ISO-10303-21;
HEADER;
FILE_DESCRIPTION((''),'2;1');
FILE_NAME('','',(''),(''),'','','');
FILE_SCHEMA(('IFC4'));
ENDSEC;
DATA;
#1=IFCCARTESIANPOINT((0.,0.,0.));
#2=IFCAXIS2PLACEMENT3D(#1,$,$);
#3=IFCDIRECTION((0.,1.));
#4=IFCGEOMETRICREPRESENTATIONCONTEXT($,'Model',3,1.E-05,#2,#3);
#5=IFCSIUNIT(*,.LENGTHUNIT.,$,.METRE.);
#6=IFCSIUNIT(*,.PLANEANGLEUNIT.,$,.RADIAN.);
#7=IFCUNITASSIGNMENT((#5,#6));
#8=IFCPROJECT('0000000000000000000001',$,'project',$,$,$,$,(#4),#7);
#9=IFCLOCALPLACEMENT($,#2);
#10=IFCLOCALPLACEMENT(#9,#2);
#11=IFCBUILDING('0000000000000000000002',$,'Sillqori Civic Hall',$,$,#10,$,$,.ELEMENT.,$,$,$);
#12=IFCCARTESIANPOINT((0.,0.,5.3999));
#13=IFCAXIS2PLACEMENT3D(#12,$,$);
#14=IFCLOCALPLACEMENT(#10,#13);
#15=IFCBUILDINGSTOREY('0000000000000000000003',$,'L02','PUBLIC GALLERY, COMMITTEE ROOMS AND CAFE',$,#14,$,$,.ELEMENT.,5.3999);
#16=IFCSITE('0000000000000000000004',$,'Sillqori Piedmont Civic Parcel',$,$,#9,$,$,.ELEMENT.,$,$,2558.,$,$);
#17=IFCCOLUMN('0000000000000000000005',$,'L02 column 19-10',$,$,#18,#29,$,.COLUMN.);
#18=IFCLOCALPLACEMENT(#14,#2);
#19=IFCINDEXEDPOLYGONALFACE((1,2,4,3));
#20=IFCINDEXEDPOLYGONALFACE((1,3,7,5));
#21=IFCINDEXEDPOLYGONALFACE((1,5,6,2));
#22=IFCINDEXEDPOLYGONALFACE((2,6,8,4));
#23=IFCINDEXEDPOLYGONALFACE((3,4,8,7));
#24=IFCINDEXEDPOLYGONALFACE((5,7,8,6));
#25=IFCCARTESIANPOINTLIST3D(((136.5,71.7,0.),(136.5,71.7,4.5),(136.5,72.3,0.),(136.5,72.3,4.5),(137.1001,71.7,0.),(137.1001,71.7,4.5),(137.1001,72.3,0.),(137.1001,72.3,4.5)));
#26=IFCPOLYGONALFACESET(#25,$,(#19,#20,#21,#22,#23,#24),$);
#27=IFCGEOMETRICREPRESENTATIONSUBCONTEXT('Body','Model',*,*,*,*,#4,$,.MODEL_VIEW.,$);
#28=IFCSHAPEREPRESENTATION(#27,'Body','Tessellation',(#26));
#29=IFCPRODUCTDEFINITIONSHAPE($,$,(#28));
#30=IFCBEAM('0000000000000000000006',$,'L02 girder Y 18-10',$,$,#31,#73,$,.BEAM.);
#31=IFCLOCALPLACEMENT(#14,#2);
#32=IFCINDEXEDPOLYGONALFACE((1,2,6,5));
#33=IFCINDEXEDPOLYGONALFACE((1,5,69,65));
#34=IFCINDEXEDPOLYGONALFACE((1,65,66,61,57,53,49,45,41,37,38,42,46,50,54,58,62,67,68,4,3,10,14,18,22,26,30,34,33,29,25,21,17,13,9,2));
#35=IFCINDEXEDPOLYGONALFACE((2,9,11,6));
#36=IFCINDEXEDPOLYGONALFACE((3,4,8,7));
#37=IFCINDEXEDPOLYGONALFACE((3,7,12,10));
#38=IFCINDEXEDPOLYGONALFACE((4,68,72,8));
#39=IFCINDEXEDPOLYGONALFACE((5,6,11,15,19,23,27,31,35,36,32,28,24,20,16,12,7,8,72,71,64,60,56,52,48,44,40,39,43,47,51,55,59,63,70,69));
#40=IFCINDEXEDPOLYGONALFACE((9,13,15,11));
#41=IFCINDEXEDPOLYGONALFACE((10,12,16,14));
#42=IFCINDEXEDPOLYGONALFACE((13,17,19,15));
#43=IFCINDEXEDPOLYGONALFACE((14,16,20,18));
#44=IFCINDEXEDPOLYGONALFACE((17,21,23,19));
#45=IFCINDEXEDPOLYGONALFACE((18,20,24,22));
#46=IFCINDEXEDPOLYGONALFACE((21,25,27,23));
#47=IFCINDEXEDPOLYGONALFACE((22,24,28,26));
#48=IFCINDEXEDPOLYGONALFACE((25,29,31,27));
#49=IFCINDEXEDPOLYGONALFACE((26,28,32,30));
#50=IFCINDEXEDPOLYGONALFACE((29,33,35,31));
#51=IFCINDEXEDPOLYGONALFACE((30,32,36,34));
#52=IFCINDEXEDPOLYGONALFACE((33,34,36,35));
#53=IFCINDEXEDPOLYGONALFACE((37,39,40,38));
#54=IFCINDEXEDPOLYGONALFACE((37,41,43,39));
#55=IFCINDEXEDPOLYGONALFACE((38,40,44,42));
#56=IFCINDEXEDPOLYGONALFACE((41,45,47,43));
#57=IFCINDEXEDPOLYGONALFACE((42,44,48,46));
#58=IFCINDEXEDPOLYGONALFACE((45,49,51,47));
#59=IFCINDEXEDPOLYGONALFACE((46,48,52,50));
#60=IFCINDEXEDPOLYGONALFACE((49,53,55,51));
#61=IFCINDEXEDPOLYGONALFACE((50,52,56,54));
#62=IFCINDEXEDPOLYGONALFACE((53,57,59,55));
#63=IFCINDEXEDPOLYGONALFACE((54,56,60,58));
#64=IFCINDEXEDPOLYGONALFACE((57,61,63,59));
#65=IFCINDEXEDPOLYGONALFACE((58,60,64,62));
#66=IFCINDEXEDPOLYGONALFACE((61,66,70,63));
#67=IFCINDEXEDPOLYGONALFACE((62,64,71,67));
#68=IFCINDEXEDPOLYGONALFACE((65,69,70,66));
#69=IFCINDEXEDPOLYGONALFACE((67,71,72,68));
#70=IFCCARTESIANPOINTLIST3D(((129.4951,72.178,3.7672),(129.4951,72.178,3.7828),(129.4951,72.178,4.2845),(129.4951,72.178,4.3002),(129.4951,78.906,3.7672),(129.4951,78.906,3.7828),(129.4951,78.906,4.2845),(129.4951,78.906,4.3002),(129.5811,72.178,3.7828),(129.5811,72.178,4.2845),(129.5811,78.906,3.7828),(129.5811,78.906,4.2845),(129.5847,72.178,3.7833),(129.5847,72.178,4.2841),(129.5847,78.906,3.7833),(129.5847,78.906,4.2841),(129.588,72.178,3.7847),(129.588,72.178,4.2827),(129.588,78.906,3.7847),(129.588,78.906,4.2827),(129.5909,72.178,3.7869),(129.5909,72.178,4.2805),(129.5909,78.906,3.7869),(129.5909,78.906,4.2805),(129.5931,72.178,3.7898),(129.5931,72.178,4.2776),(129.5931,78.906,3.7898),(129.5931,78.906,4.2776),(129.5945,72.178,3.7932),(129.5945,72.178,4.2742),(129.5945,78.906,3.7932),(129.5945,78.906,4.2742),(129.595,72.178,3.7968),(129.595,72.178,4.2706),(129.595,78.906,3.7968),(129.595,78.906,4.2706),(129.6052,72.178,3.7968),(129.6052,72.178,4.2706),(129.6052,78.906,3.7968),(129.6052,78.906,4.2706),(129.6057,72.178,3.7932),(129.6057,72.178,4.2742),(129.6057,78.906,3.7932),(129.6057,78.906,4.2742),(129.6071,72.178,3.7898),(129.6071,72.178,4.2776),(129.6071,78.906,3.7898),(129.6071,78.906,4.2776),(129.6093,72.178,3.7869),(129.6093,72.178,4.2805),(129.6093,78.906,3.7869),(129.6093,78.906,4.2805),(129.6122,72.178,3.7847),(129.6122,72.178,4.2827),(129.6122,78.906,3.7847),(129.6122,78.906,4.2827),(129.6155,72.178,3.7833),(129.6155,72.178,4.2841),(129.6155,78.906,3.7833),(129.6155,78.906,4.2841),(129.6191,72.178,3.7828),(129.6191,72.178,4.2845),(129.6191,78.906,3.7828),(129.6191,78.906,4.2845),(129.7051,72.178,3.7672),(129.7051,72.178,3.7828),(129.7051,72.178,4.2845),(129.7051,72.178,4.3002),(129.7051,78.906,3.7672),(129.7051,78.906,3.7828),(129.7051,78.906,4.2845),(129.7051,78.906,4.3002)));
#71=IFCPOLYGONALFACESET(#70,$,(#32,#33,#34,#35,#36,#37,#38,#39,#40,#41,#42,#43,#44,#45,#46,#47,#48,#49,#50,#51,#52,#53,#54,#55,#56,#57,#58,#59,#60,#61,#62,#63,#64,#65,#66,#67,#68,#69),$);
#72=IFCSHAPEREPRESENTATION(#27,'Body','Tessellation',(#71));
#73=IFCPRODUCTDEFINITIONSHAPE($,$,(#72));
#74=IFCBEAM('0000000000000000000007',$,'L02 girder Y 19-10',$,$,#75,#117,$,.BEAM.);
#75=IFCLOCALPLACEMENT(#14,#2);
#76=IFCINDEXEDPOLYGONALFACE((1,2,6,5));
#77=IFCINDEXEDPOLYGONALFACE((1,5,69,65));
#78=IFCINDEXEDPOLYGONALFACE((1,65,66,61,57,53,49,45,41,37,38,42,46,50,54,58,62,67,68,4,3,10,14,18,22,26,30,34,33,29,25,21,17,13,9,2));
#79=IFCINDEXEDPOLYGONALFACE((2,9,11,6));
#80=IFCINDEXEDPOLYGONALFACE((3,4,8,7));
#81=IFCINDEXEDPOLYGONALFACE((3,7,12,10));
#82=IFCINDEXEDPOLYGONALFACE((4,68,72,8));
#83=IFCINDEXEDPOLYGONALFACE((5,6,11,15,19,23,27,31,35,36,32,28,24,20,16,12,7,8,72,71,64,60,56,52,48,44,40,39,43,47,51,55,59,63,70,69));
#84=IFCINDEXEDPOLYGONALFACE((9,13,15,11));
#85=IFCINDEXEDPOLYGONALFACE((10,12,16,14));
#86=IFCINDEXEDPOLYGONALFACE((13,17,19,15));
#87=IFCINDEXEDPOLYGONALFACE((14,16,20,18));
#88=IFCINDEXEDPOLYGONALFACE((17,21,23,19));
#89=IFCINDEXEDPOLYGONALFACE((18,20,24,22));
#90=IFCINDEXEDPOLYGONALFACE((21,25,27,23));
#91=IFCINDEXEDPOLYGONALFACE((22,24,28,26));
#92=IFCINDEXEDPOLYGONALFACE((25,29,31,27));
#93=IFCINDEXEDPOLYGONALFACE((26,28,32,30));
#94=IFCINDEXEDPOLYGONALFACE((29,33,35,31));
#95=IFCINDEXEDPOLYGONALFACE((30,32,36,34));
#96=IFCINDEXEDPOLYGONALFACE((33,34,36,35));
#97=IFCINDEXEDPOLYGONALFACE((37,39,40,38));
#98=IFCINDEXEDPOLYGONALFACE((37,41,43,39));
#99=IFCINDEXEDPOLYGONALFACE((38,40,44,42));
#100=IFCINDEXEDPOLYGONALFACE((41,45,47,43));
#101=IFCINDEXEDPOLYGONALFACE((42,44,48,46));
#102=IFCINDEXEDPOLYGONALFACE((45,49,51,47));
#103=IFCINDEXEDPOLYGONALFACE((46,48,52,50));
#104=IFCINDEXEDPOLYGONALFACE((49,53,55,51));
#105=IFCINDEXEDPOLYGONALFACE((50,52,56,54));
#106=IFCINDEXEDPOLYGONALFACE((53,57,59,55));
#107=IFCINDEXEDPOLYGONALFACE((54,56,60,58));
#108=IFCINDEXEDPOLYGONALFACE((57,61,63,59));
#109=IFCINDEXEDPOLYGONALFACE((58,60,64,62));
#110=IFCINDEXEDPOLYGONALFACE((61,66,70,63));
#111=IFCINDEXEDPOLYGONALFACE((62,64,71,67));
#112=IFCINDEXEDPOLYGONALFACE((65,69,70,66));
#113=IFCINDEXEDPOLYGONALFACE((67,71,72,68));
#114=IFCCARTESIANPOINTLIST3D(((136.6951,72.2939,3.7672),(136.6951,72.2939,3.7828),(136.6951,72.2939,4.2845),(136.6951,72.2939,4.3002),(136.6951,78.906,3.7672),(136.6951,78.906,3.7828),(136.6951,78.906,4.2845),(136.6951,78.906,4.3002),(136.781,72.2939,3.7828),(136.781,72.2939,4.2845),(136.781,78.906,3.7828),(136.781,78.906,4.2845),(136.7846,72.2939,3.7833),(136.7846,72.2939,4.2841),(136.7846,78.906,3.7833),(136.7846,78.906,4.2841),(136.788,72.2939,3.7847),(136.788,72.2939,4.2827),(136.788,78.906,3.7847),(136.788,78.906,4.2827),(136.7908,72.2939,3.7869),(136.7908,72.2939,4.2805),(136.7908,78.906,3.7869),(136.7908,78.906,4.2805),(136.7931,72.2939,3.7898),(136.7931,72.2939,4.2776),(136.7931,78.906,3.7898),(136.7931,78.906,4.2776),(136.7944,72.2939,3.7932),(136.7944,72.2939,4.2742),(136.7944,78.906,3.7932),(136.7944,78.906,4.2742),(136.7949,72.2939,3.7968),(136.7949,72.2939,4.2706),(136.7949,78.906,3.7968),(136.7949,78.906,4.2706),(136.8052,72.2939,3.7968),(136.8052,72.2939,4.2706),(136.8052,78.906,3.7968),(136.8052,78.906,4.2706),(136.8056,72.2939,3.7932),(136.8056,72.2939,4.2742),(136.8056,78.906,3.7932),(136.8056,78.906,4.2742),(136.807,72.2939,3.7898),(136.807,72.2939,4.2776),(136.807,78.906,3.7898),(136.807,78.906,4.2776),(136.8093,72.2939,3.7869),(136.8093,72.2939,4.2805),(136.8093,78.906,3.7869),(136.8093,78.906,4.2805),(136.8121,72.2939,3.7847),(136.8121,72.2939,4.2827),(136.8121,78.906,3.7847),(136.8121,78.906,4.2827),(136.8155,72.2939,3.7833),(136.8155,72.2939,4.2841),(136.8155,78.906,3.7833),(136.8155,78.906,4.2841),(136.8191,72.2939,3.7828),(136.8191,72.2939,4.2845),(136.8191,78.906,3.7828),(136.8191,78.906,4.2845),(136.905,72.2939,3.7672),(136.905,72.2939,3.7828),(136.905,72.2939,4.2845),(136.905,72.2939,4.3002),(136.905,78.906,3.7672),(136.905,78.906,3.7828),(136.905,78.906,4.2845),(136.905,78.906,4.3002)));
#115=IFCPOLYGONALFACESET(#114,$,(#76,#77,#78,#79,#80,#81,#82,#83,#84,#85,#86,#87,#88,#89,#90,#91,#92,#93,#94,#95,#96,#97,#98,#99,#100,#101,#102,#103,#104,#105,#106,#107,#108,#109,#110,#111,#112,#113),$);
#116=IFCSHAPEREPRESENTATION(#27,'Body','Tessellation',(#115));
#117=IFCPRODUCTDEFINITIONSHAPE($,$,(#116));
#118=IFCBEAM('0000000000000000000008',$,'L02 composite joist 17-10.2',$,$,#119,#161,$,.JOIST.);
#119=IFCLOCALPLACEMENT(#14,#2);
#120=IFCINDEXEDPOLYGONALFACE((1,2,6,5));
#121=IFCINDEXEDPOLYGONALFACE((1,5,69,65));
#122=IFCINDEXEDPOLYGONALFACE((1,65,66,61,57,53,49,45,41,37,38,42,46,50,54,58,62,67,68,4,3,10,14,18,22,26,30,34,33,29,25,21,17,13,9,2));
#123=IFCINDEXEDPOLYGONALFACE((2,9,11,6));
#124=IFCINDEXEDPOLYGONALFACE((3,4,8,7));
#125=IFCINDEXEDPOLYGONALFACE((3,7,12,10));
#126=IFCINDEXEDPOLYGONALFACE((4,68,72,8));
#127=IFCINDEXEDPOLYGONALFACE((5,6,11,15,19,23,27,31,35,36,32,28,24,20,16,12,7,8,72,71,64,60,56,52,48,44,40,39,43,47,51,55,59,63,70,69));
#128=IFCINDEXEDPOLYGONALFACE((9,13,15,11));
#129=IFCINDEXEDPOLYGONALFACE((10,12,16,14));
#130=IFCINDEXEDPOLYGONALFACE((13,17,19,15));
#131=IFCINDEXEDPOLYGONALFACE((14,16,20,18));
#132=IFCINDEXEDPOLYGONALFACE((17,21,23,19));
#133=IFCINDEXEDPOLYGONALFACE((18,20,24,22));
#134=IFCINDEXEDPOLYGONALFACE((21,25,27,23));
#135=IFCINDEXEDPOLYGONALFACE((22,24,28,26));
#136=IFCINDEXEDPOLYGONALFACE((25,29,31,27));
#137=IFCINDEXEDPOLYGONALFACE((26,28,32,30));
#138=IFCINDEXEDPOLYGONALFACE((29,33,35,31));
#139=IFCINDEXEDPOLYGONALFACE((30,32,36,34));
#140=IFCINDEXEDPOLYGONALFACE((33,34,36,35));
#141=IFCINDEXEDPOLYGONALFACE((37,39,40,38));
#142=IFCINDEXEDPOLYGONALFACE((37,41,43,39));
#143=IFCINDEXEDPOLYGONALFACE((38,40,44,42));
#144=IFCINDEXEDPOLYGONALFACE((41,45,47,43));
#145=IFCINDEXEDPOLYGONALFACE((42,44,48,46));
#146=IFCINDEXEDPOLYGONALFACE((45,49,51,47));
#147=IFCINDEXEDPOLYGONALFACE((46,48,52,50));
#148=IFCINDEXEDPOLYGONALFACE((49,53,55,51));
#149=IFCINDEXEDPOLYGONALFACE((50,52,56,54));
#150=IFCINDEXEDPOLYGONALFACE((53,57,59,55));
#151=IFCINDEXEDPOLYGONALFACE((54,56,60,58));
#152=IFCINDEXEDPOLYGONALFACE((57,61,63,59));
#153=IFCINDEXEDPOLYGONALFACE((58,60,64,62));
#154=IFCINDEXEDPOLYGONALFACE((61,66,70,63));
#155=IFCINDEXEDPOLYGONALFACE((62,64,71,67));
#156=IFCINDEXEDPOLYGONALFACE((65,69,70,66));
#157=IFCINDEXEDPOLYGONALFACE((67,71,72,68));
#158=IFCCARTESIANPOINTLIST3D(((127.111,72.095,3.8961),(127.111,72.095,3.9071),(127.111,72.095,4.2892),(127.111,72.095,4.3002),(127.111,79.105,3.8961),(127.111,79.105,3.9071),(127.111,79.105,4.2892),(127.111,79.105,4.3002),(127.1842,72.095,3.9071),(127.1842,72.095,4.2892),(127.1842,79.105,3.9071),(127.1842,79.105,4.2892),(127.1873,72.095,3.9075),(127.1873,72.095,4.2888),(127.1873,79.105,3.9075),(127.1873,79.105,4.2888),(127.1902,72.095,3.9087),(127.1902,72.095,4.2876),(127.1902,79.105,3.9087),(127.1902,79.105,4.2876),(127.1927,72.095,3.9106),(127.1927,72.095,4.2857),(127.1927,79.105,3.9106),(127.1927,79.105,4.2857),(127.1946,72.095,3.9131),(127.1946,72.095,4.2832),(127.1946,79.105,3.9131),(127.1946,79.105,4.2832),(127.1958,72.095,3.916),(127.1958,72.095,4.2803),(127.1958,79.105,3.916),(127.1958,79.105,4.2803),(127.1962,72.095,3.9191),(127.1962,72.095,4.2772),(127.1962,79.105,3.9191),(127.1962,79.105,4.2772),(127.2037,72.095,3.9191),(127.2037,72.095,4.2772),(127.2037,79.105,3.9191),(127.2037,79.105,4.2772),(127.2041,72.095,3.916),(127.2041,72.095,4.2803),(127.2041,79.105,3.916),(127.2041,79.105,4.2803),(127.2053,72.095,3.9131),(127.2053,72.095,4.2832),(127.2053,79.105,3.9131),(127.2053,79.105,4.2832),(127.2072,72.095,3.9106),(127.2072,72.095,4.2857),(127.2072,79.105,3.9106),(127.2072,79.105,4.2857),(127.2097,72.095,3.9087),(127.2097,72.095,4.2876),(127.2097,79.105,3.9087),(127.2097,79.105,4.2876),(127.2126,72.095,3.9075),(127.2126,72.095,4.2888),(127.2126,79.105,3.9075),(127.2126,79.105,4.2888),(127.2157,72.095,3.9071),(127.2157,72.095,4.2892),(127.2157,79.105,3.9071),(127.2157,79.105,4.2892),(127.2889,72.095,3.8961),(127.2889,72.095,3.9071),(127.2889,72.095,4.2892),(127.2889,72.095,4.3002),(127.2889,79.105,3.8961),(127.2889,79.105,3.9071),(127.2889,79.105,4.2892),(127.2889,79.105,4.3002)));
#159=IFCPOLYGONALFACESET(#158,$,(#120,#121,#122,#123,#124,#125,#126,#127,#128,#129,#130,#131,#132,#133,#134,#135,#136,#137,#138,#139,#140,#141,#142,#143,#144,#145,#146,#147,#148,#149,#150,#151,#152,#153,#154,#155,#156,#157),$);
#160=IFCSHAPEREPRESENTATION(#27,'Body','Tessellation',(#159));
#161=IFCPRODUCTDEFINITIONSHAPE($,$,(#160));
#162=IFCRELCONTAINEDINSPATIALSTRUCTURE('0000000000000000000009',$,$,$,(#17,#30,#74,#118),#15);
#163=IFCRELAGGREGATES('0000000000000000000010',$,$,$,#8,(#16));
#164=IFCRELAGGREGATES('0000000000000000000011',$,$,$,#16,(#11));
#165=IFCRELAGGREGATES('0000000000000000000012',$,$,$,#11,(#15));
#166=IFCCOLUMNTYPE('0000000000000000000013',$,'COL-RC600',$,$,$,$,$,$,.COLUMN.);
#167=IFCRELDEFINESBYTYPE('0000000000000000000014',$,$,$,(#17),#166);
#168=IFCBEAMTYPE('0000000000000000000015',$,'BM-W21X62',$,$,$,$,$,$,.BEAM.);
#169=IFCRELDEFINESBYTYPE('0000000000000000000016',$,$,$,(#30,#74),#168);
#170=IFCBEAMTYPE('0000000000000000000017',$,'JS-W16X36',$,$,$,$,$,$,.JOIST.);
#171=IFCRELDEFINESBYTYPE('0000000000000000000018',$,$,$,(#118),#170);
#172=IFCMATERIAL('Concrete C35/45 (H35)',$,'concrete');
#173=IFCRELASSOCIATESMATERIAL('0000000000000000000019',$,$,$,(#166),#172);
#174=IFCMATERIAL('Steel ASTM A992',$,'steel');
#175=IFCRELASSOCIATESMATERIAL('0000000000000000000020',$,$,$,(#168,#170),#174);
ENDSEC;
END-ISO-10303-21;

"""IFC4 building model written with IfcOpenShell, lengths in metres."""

from ifc_helpers import new_model, si_unit, direction, frame, origin, origin_2d, place, context, subcontext, project, spatial, rectangle, i_section, extrude, material, material_profile, profile_set, type_object, element, save


model = new_model("IFC4")

# Units and contexts
model_context = context("Model", 3, precision=1e-05, world=origin(), true_north=direction((0.0, 1.0)))
body_context = subcontext(model_context, "Body", "Model", "MODEL_VIEW")
ifc_project = project(units=[si_unit("LENGTHUNIT", "METRE"), si_unit("PLANEANGLEUNIT", "RADIAN")], contexts=[model_context])

# Site, building, storey
site_placement = place(None, origin())
site = spatial("IfcSite", under=ifc_project, at=site_placement, Name="Sillqori Piedmont Civic Parcel", CompositionType="ELEMENT", RefElevation=2558.0)
building_placement = place(site_placement, origin())
building = spatial("IfcBuilding", under=site, at=building_placement, Name="Sillqori Civic Hall", CompositionType="ELEMENT")
storey_placement = place(building_placement, frame((0.0, 0.0, 5.3999)))
storey = spatial("IfcBuildingStorey", under=building, at=storey_placement, Name="L02", Description="PUBLIC GALLERY, COMMITTEE ROOMS AND CAFE", CompositionType="ELEMENT", Elevation=5.3999)

# Column
ifc_material_1 = material(Name="Concrete C35/45 (H35)", Category="concrete")
ifc_material_profile_1 = material_profile(ifc_material_1, rectangle(XDim=0.6001, YDim=0.6001, at=origin_2d()), Name="RC 600x600")
ifc_profile_set_1 = profile_set([ifc_material_profile_1], Name="Concrete C35/45 (H35)")
column_type = type_object("IfcColumnType", Name="COL-RC600", PredefinedType="COLUMN", material=ifc_profile_set_1)
column_placement = place(storey_placement, frame((136.8, 72.0, 0.0), z_axis=(0.0, 0.0, 1.0), x_axis=(1.0, 0.0, 0.0)))
element("IfcColumn", 1, at=column_placement, inside=storey, type_object=column_type, Name="L02 column 19-10", PredefinedType="COLUMN", context=body_context, shape_type="SweptSolid", body=[
    extrude(rectangle(XDim=0.6001, YDim=0.6001, at=origin_2d()), origin(), (0.0, 0.0, 1.0), 4.5),
])

# Beams
ifc_material_2 = material(Name="Steel ASTM A992", Category="steel")
ifc_material_profile_2 = material_profile(ifc_material_2, i_section(OverallWidth=0.21, OverallDepth=0.533, WebThickness=0.0103, FlangeThickness=0.0156, FilletRadius=0.0139, at=origin_2d()), Name="W21X62")
ifc_profile_set_2 = profile_set([ifc_material_profile_2], Name="Steel ASTM A992")
beam_type_1 = type_object("IfcBeamType", Name="BM-W21X62", PredefinedType="BEAM", material=ifc_profile_set_2)
beam_1_placement = place(storey_placement, frame((129.6001, 72.178, 4.0337), z_axis=(0.0, 1.0, 0.0), x_axis=(-1.0, 0.0, 0.0)))
element("IfcBeam", 2, at=beam_1_placement, inside=storey, type_object=beam_type_1, Name="L02 girder Y 18-10", PredefinedType="BEAM", context=body_context, shape_type="SweptSolid", body=[
    extrude(i_section(OverallWidth=0.21, OverallDepth=0.533, WebThickness=0.0103, FlangeThickness=0.0156, FilletRadius=0.0139, at=origin_2d()), origin(), (0.0, 0.0, 1.0), 6.728),
])
beam_2_placement = place(storey_placement, frame((136.8, 72.2939, 4.0337), z_axis=(0.0, 1.0, 0.0), x_axis=(-1.0, 0.0, 0.0)))
element("IfcBeam", 3, at=beam_2_placement, inside=storey, type_object=beam_type_1, Name="L02 girder Y 19-10", PredefinedType="BEAM", context=body_context, shape_type="SweptSolid", body=[
    extrude(i_section(OverallWidth=0.21, OverallDepth=0.533, WebThickness=0.0103, FlangeThickness=0.0156, FilletRadius=0.0139, at=origin_2d()), origin(), (0.0, 0.0, 1.0), 6.6121),
])

# Beam
ifc_material_profile_3 = material_profile(ifc_material_2, i_section(OverallWidth=0.178, OverallDepth=0.4041, WebThickness=0.0076, FlangeThickness=0.011, FilletRadius=0.012, at=origin_2d()), Name="W16X36")
ifc_profile_set_3 = profile_set([ifc_material_profile_3], Name="Steel ASTM A992")
beam_type_2 = type_object("IfcBeamType", Name="JS-W16X36", PredefinedType="JOIST", material=ifc_profile_set_3)
for number, where, z_axis, x_axis, name in (
    (4, (127.2, 72.095, 4.0981), (0.0, 1.0, 0.0), (-1.0, 0.0, 0.0), "L02 composite joist 17-10.2"),
):
    element("IfcBeam", number, at=place(storey_placement, frame(where, z_axis=z_axis, x_axis=x_axis)), inside=storey, type_object=beam_type_2, Name=name, PredefinedType="JOIST", context=body_context, shape_type="SweptSolid", body=[
        extrude(i_section(OverallWidth=0.178, OverallDepth=0.4041, WebThickness=0.0076, FlangeThickness=0.011, FilletRadius=0.012, at=origin_2d()), origin(), (0.0, 0.0, 1.0), 7.01),
    ])

save(model, "model.ifc")
